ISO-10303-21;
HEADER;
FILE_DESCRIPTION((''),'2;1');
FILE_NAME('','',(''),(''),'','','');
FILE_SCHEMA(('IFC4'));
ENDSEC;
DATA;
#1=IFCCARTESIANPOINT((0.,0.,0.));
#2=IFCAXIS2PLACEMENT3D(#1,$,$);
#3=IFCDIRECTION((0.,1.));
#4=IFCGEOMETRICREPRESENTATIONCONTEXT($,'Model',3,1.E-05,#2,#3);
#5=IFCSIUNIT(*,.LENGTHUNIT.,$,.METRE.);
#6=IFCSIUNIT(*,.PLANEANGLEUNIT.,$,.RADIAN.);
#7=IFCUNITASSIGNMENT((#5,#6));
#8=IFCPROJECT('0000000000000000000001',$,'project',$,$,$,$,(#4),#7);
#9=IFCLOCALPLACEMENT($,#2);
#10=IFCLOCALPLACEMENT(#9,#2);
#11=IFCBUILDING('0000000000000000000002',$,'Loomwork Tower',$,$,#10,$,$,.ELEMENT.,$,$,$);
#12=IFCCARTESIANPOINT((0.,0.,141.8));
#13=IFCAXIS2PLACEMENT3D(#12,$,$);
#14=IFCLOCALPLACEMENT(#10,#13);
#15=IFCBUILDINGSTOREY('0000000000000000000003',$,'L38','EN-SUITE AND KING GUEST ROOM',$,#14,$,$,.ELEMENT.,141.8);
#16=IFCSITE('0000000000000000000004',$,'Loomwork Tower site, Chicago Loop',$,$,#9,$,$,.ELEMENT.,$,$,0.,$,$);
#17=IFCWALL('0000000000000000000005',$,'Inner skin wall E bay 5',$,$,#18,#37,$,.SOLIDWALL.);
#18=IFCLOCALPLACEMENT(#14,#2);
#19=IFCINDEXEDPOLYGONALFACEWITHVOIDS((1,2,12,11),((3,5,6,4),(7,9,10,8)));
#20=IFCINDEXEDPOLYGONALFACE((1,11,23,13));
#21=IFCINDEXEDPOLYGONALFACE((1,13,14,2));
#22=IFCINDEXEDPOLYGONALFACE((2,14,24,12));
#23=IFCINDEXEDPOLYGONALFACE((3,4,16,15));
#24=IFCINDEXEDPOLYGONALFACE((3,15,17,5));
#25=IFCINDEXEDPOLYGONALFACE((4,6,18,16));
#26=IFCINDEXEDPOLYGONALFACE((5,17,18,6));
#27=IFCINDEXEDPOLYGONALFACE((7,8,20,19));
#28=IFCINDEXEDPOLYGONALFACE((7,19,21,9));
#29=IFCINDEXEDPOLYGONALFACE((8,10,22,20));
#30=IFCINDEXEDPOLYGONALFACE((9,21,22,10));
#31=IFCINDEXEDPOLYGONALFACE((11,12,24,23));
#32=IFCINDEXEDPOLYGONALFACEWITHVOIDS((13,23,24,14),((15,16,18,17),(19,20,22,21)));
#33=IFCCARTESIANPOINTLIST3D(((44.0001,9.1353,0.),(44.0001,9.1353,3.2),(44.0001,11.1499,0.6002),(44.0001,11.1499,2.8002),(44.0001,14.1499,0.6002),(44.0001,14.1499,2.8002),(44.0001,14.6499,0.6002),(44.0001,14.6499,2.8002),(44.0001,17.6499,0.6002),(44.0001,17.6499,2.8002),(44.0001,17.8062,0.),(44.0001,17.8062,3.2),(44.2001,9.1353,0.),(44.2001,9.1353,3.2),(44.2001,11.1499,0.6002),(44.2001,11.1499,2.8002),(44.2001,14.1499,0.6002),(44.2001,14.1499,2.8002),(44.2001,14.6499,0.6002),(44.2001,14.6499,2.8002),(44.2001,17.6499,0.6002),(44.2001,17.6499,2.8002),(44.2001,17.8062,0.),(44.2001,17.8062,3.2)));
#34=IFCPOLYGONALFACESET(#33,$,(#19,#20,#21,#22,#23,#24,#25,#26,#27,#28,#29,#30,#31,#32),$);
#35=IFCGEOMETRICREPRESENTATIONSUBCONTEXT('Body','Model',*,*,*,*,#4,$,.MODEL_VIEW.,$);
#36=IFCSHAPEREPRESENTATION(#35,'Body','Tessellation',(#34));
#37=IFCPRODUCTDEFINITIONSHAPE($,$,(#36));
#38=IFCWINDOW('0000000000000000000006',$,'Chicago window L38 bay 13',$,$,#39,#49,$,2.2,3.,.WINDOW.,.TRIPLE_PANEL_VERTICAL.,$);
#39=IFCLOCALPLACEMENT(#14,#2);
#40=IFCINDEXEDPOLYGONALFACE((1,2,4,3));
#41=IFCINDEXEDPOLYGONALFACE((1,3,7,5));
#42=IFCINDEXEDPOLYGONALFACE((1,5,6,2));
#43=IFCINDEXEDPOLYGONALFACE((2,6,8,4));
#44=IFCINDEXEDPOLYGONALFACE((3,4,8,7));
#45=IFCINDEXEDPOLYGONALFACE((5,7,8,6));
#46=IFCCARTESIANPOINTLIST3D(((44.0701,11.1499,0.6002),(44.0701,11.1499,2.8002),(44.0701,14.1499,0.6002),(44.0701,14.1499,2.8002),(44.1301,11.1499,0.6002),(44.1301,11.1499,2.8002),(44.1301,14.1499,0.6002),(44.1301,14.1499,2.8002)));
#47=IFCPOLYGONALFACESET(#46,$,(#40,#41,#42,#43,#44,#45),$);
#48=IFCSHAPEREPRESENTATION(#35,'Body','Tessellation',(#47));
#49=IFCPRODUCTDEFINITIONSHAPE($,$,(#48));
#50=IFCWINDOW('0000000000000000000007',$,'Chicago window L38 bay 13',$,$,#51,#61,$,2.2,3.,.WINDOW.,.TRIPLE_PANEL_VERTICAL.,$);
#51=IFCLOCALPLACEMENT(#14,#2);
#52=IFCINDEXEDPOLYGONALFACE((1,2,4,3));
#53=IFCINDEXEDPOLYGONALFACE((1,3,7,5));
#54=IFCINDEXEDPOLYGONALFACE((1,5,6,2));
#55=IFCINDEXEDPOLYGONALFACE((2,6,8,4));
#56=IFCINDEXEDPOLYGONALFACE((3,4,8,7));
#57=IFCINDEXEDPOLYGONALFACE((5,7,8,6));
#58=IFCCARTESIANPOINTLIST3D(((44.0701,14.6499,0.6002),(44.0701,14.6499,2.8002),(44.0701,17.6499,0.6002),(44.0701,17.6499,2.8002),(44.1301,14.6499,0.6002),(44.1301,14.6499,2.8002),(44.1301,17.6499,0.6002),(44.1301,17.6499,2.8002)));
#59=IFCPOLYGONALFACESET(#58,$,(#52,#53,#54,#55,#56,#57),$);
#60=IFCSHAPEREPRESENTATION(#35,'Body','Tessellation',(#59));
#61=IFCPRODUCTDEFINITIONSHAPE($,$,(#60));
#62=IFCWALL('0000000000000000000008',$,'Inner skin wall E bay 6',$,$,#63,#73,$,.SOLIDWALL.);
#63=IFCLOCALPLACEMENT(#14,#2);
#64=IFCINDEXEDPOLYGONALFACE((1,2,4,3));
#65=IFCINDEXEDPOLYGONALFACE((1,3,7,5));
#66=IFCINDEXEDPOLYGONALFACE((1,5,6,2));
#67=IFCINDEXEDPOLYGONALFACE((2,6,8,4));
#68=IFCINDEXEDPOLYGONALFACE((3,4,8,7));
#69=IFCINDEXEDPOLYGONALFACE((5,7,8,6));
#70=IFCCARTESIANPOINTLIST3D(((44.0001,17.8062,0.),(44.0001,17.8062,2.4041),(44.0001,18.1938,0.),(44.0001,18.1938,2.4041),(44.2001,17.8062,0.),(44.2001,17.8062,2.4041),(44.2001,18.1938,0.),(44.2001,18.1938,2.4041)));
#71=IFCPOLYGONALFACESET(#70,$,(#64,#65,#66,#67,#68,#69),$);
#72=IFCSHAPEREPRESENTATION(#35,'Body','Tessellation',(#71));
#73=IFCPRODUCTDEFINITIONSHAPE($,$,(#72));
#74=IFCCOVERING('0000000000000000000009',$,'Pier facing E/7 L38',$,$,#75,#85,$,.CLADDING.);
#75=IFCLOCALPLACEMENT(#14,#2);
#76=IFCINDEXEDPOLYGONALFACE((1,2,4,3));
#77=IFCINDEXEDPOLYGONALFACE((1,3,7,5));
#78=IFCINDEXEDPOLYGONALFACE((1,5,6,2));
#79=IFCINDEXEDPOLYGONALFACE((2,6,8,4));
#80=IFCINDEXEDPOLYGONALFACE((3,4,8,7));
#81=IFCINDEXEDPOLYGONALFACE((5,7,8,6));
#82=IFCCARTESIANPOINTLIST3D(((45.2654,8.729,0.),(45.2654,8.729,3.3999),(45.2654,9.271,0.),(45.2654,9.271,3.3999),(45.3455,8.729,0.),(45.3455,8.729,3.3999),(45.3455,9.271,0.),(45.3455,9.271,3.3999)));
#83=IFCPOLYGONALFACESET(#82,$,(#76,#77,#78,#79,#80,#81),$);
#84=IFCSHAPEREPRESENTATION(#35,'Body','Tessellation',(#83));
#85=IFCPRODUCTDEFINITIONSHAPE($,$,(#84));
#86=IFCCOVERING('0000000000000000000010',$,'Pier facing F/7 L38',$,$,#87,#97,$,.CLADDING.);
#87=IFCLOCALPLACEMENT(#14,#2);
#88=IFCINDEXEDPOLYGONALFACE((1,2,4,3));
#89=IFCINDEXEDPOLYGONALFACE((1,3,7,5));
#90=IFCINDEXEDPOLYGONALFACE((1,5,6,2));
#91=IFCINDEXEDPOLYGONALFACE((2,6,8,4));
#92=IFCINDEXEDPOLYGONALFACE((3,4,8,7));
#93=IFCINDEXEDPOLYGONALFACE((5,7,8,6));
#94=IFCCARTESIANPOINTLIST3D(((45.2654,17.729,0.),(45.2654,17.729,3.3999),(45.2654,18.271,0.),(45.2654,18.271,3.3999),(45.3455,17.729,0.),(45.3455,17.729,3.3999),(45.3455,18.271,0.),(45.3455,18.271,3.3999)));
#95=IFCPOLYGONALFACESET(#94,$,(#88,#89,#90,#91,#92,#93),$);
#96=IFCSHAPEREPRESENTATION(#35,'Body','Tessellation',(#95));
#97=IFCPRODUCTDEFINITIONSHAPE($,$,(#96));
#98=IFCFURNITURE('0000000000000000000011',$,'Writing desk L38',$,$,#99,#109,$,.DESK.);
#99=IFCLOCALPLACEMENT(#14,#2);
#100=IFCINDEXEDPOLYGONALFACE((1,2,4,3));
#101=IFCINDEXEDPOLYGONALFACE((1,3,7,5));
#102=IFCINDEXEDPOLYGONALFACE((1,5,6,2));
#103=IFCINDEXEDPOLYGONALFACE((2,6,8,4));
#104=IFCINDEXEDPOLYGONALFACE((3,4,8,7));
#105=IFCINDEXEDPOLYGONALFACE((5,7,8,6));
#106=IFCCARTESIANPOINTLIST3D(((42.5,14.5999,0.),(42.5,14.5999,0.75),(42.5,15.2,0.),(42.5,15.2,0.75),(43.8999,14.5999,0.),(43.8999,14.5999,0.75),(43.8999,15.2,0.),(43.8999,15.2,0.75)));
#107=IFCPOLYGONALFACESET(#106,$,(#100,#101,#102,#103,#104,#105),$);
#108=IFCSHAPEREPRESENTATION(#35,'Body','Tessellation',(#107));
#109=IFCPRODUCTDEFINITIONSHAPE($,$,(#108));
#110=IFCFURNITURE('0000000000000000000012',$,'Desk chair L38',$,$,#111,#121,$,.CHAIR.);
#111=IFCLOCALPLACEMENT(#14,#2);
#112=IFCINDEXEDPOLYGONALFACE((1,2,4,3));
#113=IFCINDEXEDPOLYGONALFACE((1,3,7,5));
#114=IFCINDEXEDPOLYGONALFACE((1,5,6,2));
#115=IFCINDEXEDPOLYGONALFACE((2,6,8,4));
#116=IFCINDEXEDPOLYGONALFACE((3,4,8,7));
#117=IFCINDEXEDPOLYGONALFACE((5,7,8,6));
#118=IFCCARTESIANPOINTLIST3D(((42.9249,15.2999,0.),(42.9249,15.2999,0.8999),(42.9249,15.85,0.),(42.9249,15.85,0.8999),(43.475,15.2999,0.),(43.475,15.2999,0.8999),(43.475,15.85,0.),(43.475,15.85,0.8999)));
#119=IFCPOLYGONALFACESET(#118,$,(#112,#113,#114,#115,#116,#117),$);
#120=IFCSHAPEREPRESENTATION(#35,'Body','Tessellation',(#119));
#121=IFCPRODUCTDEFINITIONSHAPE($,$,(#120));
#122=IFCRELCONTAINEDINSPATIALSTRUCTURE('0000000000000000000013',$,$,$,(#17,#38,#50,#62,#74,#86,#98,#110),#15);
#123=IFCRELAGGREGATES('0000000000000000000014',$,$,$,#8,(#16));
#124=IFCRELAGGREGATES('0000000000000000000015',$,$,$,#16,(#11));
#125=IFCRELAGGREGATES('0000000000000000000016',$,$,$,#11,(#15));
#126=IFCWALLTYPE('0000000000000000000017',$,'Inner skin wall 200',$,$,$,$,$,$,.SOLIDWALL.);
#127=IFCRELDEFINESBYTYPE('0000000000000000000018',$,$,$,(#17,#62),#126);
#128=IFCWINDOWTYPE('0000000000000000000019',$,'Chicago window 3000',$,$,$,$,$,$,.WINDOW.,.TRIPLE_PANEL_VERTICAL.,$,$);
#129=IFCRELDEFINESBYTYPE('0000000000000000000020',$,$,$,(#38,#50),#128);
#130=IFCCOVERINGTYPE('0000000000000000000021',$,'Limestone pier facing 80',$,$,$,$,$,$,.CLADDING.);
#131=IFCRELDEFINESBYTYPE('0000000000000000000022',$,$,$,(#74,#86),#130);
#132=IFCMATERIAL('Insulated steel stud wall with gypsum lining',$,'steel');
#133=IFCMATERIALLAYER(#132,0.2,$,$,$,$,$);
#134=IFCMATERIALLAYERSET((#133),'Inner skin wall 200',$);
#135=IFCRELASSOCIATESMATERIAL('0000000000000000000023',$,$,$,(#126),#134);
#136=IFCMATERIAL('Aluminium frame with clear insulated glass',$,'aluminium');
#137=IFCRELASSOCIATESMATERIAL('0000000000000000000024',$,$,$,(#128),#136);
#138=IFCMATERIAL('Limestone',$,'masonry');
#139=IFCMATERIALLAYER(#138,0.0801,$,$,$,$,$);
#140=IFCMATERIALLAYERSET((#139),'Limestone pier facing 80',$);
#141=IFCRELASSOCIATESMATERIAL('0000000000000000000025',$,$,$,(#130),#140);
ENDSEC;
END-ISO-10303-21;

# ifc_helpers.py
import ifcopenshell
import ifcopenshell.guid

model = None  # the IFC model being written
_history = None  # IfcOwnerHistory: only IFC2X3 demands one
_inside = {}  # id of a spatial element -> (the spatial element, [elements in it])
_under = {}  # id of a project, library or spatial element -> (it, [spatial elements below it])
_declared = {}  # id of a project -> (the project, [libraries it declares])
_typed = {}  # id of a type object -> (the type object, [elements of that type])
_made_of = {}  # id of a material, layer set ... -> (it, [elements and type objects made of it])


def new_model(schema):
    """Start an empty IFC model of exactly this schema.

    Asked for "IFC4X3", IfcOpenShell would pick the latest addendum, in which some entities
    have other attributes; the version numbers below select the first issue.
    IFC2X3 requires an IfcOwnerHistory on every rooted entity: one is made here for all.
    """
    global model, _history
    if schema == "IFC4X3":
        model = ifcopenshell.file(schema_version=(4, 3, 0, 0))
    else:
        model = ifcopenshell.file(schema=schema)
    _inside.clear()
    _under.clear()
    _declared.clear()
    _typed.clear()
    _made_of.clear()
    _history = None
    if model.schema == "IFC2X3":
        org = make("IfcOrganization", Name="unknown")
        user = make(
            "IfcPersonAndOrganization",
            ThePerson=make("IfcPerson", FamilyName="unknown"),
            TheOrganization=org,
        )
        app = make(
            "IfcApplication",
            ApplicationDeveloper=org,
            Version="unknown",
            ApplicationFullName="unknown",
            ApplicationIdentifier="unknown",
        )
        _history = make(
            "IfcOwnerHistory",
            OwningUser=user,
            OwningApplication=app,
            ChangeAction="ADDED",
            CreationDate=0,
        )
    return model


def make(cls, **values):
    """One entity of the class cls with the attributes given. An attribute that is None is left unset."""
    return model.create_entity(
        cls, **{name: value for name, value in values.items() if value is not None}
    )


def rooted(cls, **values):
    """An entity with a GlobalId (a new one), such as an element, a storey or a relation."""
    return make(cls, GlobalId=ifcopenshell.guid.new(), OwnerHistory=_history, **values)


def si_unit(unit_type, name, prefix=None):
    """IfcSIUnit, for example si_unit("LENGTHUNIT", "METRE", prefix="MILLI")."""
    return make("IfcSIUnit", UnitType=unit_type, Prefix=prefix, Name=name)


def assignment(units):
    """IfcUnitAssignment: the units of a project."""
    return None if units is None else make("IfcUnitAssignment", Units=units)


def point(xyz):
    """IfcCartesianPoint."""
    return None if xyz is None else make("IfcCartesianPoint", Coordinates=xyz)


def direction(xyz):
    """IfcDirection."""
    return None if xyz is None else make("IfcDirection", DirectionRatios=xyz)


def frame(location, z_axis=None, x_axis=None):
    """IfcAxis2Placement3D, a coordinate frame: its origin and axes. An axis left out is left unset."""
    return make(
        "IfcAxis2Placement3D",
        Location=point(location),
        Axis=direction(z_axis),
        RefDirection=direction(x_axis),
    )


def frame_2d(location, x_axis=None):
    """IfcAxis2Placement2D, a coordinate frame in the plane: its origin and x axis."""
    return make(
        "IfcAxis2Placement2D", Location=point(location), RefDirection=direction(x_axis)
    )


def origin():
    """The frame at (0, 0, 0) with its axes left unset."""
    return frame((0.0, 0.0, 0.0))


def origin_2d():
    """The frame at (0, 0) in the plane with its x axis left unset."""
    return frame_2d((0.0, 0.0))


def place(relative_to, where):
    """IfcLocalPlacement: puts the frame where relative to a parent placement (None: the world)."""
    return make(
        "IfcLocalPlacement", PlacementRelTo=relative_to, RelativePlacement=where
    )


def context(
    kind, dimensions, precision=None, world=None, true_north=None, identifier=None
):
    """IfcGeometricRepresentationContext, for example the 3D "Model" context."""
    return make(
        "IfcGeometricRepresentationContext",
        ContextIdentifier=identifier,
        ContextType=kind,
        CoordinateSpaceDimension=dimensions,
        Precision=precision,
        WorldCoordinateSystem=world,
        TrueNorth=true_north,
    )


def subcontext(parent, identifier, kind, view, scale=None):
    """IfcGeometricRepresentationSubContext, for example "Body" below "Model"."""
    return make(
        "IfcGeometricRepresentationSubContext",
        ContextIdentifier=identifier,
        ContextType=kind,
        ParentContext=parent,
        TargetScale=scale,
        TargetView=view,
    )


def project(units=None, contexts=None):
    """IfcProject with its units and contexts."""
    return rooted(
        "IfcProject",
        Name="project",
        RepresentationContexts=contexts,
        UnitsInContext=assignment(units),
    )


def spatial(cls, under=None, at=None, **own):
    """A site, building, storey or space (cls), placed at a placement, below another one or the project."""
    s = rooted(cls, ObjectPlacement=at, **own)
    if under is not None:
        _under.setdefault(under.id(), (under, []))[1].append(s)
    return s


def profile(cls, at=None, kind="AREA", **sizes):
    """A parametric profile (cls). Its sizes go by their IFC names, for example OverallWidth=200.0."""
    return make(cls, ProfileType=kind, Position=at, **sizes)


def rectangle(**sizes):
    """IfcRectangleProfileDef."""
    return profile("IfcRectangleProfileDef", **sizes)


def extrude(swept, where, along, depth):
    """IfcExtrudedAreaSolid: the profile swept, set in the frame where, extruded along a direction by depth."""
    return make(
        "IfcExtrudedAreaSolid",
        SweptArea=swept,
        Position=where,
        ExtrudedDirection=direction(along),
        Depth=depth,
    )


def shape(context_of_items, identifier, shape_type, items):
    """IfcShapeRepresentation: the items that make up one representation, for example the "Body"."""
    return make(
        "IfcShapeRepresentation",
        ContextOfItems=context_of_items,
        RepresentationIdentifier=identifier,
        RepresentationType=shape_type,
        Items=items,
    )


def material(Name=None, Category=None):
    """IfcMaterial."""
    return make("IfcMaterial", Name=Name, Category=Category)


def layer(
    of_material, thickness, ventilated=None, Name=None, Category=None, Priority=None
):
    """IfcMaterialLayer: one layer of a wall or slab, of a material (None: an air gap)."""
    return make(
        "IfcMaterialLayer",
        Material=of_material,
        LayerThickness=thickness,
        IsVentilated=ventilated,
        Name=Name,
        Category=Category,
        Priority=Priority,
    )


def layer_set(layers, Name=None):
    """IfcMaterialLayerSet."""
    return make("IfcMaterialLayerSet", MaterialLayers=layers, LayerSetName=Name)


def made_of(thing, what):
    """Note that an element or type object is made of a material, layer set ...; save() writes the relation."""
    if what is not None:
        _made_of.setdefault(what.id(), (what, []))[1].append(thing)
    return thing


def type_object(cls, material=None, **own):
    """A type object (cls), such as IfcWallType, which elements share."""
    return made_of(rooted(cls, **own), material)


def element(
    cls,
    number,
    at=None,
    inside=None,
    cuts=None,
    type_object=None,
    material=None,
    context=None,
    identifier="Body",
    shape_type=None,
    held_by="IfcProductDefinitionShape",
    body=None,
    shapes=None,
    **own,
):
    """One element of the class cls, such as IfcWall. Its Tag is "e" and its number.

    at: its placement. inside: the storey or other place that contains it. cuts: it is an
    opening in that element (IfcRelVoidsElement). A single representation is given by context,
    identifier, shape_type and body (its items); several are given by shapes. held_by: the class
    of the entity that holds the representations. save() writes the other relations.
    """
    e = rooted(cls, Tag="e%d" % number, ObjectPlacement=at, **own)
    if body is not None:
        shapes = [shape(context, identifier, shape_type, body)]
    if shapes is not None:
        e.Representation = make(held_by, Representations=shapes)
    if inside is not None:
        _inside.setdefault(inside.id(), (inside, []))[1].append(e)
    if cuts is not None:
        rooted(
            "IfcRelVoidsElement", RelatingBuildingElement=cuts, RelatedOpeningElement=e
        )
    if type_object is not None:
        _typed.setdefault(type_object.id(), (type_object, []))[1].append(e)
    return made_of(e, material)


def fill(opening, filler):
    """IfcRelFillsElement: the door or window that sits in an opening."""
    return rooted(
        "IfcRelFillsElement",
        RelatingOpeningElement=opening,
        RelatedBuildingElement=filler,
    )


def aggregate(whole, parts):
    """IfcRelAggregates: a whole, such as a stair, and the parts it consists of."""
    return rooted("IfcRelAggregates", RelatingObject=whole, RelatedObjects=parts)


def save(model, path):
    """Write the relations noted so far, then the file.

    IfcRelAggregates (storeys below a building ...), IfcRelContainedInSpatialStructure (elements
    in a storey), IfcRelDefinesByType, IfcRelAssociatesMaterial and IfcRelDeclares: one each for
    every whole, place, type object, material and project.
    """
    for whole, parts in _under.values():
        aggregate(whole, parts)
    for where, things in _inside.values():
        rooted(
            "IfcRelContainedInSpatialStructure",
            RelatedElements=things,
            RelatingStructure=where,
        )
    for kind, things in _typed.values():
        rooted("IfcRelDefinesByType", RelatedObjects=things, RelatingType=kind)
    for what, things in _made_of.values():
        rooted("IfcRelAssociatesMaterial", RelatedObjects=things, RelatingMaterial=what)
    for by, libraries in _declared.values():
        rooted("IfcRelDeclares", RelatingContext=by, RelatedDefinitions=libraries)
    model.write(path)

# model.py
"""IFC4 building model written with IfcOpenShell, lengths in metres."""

from ifc_helpers import new_model, si_unit, direction, frame, frame_2d, origin, origin_2d, place, context, subcontext, project, spatial, rectangle, extrude, material, layer, layer_set, type_object, element, fill, save


model = new_model("IFC4")

# Units and contexts
model_context = context("Model", 3, precision=1e-05, world=origin(), true_north=direction((0.0, 1.0)))
body_context = subcontext(model_context, "Body", "Model", "MODEL_VIEW")
ifc_project = project(units=[si_unit("LENGTHUNIT", "METRE"), si_unit("PLANEANGLEUNIT", "RADIAN")], contexts=[model_context])

# Site, building, storey
site_placement = place(None, origin())
site = spatial("IfcSite", under=ifc_project, at=site_placement, Name="Loomwork Tower site, Chicago Loop", CompositionType="ELEMENT", RefElevation=0.0)
building_placement = place(site_placement, origin())
building = spatial("IfcBuilding", under=site, at=building_placement, Name="Loomwork Tower", CompositionType="ELEMENT")
storey_placement = place(building_placement, frame((0.0, 0.0, 141.8)))
storey = spatial("IfcBuildingStorey", under=building, at=storey_placement, Name="L38", Description="EN-SUITE AND KING GUEST ROOM", CompositionType="ELEMENT", Elevation=141.8)

# Shared definitions
ifc_material_1 = material(Name="Insulated steel stud wall with gypsum lining", Category="steel")
ifc_layer_1 = layer(ifc_material_1, 0.2)
ifc_layer_set_1 = layer_set([ifc_layer_1], Name="Inner skin wall 200")
wall_type = type_object("IfcWallType", Name="Inner skin wall 200", PredefinedType="SOLIDWALL", material=ifc_layer_set_1)

# Wall, openings, windows
wall_1_placement = place(storey_placement, frame((44.1001, 9.1353, 0.0), z_axis=(0.0, 0.0, 1.0), x_axis=(0.0, 1.0, 0.0)))
wall_1 = element("IfcWall", 1, at=wall_1_placement, inside=storey, type_object=wall_type, Name="Inner skin wall E bay 5", PredefinedType="SOLIDWALL", context=body_context, shape_type="SweptSolid", body=[
    extrude(rectangle(XDim=8.6709, YDim=0.2, at=frame_2d((4.3354, 0.0))), origin(), (0.0, 0.0, 1.0), 3.2),
])
opening_1_placement = place(wall_1_placement, frame((2.0146, 0.0, 0.6001)))
opening_1 = element("IfcOpeningElement", 2, at=opening_1_placement, cuts=wall_1, PredefinedType="OPENING", context=body_context, shape_type="SweptSolid", body=[
    extrude(rectangle(XDim=3.0, YDim=2.2, at=frame_2d((1.5, 1.1001))), frame((0.0, 0.1099, 0.0), z_axis=(0.0, -1.0, 0.0), x_axis=(1.0, 0.0, 0.0)), (0.0, 0.0, 1.0), 0.22),
])
opening_2_placement = place(wall_1_placement, frame((5.5146, 0.0, 0.6001)))
opening_2 = element("IfcOpeningElement", 3, at=opening_2_placement, cuts=wall_1, PredefinedType="OPENING", context=body_context, shape_type="SweptSolid", body=[
    extrude(rectangle(XDim=3.0, YDim=2.2, at=frame_2d((1.5, 1.1001))), frame((0.0, 0.1099, 0.0), z_axis=(0.0, -1.0, 0.0), x_axis=(1.0, 0.0, 0.0)), (0.0, 0.0, 1.0), 0.22),
])
ifc_material_2 = material(Name="Aluminium frame with clear insulated glass", Category="aluminium")
window_type = type_object("IfcWindowType", Name="Chicago window 3000", PartitioningType="TRIPLE_PANEL_VERTICAL", PredefinedType="WINDOW", material=ifc_material_2)
window_1_placement = place(opening_1_placement, origin())
window_1 = element("IfcWindow", 4, at=window_1_placement, inside=storey, type_object=window_type, Name="Chicago window L38 bay 13", OverallHeight=2.2, OverallWidth=3.0, PartitioningType="TRIPLE_PANEL_VERTICAL", PredefinedType="WINDOW", context=body_context, shape_type="SweptSolid", body=[
    extrude(rectangle(XDim=3.0, YDim=2.2, at=frame_2d((1.5, 1.1001))), frame((0.0, 0.03, 0.0), z_axis=(0.0, -1.0, 0.0), x_axis=(1.0, 0.0, 0.0)), (0.0, 0.0, 1.0), 0.0601),
])
fill(opening_1, window_1)
window_2_placement = place(opening_2_placement, origin())
window_2 = element("IfcWindow", 5, at=window_2_placement, inside=storey, type_object=window_type, Name="Chicago window L38 bay 13", OverallHeight=2.2, OverallWidth=3.0, PartitioningType="TRIPLE_PANEL_VERTICAL", PredefinedType="WINDOW", context=body_context, shape_type="SweptSolid", body=[
    extrude(rectangle(XDim=3.0, YDim=2.2, at=frame_2d((1.5, 1.1001))), frame((0.0, 0.03, 0.0), z_axis=(0.0, -1.0, 0.0), x_axis=(1.0, 0.0, 0.0)), (0.0, 0.0, 1.0), 0.0601),
])
fill(opening_2, window_2)

# Wall
wall_2_placement = place(storey_placement, frame((44.1001, 17.8062, 0.0), z_axis=(0.0, 0.0, 1.0), x_axis=(0.0, 1.0, 0.0)))
element("IfcWall", 6, at=wall_2_placement, inside=storey, type_object=wall_type, Name="Inner skin wall E bay 6", PredefinedType="SOLIDWALL", context=body_context, shape_type="SweptSolid", body=[
    extrude(rectangle(XDim=0.3877, YDim=0.2, at=frame_2d((0.1938, 0.0))), origin(), (0.0, 0.0, 1.0), 2.4041),
])

# Coverings
ifc_material_3 = material(Name="Limestone", Category="masonry")
ifc_layer_2 = layer(ifc_material_3, 0.0801)
ifc_layer_set_2 = layer_set([ifc_layer_2], Name="Limestone pier facing 80")
covering_type = type_object("IfcCoveringType", Name="Limestone pier facing 80", PredefinedType="CLADDING", material=ifc_layer_set_2)
for number, where, z_axis, x_axis, name in (
    (7, (45.3054, 9.0, 0.0), (0.0, 0.0, 1.0), (1.0, 0.0, 0.0), "Pier facing E/7 L38"),
    (8, (45.3054, 18.0, 0.0), (0.0, 0.0, 1.0), (1.0, 0.0, 0.0), "Pier facing F/7 L38"),
):
    element("IfcCovering", number, at=place(storey_placement, frame(where, z_axis=z_axis, x_axis=x_axis)), inside=storey, type_object=covering_type, Name=name, PredefinedType="CLADDING", context=body_context, shape_type="SweptSolid", body=[
        extrude(rectangle(XDim=0.0801, YDim=0.542, at=origin_2d()), origin(), (0.0, 0.0, 1.0), 3.3999),
    ])

# Furniture
furniture_1_placement = place(storey_placement, frame((43.2, 14.8999, 0.0), z_axis=(0.0, 0.0, 1.0), x_axis=(1.0, 0.0, 0.0)))
element("IfcFurniture", 9, at=furniture_1_placement, inside=storey, Name="Writing desk L38", PredefinedType="DESK", context=body_context, shape_type="SweptSolid", body=[
    extrude(rectangle(XDim=1.3999, YDim=0.6001, at=origin_2d()), origin(), (0.0, 0.0, 1.0), 0.75),
])
furniture_2_placement = place(storey_placement, frame((43.2, 15.575, 0.0), z_axis=(0.0, 0.0, 1.0), x_axis=(1.0, 0.0, 0.0)))
element("IfcFurniture", 10, at=furniture_2_placement, inside=storey, Name="Desk chair L38", PredefinedType="CHAIR", context=body_context, shape_type="SweptSolid", body=[
    extrude(rectangle(XDim=0.55, YDim=0.55, at=origin_2d()), origin(), (0.0, 0.0, 1.0), 0.8999),
])

save(model, "model.ifc")
